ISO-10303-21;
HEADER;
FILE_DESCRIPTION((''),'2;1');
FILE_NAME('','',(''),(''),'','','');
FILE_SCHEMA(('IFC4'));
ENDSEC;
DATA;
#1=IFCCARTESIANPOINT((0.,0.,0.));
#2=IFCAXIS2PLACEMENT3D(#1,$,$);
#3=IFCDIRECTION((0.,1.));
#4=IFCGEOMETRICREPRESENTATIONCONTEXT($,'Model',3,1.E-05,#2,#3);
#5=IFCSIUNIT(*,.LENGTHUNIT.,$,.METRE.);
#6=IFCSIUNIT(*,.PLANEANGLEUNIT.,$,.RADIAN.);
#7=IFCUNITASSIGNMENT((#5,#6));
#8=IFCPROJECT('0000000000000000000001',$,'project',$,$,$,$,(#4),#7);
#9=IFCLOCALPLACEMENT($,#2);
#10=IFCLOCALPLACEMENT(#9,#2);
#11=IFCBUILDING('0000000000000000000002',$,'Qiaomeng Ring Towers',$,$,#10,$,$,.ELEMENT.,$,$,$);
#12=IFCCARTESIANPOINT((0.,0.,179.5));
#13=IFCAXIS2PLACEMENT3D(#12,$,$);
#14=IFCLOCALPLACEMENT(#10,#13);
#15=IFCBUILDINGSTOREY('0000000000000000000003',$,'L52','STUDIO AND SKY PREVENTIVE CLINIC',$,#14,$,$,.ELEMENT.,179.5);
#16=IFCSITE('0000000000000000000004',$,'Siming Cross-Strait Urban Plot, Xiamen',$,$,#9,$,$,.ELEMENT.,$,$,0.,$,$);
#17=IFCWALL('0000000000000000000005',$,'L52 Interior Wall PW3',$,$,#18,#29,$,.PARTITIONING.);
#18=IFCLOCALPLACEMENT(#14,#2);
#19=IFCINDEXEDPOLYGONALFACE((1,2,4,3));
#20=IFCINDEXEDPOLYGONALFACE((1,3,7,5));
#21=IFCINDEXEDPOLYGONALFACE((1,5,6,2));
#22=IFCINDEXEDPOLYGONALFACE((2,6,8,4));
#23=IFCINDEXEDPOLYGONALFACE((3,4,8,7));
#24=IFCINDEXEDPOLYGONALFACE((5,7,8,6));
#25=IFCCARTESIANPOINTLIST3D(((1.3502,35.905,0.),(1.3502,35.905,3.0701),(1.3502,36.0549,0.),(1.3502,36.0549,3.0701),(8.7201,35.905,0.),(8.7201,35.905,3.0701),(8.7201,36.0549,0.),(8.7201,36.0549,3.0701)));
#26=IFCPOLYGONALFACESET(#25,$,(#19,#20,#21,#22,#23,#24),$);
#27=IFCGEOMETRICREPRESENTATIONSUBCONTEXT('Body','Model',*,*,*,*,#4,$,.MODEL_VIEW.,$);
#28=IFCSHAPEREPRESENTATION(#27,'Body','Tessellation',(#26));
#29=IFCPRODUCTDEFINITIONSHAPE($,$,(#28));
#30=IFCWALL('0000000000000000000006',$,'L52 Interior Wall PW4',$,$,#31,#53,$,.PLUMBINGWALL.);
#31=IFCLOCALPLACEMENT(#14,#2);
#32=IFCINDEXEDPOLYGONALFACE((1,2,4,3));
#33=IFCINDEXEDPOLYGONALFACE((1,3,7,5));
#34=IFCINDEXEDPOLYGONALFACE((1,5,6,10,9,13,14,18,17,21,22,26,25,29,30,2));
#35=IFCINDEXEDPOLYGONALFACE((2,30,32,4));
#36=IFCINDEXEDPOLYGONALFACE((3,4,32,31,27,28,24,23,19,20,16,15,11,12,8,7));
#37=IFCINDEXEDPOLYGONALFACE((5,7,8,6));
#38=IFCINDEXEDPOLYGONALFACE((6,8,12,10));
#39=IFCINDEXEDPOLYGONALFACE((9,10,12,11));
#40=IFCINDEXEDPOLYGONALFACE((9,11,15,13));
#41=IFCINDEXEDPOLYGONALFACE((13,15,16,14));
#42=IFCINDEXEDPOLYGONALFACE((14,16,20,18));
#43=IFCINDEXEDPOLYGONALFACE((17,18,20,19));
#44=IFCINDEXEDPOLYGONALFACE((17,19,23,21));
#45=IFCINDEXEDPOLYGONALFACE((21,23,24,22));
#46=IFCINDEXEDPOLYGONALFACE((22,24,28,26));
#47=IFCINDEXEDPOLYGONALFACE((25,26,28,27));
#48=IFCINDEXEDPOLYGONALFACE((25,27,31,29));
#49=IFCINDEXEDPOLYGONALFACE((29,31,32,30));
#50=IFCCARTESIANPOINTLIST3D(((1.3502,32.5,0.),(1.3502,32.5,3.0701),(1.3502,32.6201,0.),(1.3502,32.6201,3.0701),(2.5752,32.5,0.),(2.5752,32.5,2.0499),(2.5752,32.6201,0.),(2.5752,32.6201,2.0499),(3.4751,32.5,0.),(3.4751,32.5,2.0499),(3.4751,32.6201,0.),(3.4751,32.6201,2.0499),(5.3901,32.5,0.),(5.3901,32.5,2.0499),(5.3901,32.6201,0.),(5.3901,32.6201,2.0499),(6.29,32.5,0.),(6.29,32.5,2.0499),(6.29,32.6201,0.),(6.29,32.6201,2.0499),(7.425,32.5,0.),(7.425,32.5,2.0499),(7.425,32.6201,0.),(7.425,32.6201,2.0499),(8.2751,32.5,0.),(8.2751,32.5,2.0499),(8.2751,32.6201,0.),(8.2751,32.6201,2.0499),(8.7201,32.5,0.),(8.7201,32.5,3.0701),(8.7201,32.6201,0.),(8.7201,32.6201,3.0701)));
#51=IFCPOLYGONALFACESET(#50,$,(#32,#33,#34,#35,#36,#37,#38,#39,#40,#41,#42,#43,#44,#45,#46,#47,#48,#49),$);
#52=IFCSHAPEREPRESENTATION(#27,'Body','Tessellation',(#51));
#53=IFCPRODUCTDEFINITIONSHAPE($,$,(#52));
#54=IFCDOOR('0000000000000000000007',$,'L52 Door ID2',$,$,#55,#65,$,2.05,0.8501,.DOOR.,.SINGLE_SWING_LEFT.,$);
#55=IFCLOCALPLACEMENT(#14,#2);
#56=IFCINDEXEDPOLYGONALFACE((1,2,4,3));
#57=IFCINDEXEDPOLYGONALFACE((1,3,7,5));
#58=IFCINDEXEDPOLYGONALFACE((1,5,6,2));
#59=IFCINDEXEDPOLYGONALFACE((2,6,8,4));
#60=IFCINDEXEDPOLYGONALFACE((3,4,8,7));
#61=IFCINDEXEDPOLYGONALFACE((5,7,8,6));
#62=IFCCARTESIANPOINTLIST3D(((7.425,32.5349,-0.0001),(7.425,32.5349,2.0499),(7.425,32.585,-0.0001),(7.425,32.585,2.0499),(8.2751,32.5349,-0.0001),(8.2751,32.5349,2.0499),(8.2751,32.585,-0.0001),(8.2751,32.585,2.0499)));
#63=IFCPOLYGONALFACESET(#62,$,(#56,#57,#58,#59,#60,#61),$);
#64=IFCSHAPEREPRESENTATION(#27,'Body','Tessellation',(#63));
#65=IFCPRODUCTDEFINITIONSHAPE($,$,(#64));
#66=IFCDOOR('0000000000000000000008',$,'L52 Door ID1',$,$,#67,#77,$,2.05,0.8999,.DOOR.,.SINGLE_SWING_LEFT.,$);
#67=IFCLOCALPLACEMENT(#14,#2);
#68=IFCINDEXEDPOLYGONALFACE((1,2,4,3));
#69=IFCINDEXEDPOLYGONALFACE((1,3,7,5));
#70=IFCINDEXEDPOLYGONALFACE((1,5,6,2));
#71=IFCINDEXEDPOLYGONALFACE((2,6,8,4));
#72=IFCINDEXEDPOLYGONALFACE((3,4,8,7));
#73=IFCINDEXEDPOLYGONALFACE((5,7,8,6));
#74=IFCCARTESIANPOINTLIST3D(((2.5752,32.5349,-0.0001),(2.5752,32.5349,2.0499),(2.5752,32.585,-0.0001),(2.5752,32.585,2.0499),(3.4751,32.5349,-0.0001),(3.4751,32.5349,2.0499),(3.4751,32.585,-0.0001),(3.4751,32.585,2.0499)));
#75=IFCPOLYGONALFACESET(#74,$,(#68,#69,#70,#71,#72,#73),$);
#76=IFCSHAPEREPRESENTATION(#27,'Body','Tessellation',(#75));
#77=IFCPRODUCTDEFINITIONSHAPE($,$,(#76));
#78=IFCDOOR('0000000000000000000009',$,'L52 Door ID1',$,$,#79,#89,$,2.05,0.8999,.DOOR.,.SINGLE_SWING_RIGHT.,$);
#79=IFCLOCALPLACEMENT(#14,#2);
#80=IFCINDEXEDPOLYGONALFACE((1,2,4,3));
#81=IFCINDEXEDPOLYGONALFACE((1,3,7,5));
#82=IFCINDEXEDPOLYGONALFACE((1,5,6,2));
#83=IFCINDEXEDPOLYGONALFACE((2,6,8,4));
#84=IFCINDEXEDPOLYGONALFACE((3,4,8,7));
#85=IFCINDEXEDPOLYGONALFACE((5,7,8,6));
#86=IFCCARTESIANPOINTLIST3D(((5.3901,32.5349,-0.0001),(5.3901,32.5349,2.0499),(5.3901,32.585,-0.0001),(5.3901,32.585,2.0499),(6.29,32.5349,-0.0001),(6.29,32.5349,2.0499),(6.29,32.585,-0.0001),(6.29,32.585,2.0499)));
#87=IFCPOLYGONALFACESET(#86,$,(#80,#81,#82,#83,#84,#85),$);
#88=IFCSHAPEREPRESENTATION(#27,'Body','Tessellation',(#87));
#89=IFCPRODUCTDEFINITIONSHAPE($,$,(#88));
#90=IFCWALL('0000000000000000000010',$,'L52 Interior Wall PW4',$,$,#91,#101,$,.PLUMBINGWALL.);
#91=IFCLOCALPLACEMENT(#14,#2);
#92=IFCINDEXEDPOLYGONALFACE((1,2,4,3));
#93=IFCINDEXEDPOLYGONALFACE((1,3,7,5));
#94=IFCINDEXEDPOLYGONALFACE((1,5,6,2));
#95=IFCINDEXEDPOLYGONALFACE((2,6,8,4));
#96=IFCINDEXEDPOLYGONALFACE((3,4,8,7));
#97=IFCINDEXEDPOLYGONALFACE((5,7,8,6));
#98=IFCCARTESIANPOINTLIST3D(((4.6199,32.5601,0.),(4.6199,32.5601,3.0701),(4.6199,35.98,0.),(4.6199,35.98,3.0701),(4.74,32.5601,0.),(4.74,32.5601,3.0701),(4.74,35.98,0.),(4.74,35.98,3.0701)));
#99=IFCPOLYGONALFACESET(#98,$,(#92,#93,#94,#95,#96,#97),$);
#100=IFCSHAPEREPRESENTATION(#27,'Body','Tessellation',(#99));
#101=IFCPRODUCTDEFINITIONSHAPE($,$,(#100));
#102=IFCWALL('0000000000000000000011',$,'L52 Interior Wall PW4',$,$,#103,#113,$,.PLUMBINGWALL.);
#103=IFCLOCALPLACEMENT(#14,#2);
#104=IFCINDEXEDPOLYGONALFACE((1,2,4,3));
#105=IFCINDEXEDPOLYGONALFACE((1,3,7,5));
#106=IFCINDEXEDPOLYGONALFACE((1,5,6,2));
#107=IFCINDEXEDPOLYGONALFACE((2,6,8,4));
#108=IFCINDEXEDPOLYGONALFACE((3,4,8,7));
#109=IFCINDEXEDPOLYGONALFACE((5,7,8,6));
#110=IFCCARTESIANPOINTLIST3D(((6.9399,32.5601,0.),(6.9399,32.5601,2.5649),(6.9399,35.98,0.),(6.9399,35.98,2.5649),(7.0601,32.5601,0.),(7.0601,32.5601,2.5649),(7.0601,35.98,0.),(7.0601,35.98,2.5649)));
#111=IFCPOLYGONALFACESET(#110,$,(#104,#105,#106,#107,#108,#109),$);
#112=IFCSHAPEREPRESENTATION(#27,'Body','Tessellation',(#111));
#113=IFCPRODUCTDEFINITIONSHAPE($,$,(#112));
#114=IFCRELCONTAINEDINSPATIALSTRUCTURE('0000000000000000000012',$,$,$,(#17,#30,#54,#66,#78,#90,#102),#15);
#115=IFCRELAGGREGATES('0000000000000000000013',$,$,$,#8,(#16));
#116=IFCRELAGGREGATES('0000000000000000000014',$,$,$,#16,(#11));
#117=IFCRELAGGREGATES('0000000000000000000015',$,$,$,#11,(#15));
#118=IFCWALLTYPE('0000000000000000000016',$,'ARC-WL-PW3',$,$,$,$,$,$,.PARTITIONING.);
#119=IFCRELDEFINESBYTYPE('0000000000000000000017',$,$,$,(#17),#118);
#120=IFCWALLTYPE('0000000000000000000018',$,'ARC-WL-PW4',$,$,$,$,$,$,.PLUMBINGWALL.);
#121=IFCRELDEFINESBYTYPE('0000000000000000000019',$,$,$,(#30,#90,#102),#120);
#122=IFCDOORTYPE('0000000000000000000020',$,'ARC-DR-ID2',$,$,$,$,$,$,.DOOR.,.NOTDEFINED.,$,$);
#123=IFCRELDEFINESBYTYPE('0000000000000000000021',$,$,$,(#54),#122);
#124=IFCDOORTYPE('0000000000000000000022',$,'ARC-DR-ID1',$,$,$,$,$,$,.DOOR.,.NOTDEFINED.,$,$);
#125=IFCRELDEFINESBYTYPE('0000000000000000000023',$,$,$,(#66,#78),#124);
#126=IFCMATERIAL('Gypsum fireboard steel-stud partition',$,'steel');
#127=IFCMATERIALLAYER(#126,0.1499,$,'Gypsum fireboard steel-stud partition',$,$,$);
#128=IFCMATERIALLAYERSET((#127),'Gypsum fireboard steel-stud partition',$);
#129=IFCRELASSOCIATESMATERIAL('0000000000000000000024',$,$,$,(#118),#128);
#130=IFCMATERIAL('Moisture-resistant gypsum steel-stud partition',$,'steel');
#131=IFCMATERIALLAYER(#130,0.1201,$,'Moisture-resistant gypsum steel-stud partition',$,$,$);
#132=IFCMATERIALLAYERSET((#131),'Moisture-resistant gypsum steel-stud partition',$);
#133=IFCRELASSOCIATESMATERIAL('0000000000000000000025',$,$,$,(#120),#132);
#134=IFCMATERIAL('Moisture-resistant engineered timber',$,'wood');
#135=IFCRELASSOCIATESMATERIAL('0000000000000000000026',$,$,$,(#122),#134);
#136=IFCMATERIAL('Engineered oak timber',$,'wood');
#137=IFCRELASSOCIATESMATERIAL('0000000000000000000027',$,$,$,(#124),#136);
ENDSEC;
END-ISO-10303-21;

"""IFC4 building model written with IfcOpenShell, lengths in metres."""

from ifc_helpers import new_model, si_unit, direction, frame, frame_2d, origin, place, context, subcontext, project, spatial, rectangle, extrude, source, transform, mapped, material, layer, layer_set, type_object, element, fill, save


model = new_model("IFC4")

# Units and contexts
model_context = context("Model", 3, precision=1e-05, world=origin(), true_north=direction((0.0, 1.0)))
body_context = subcontext(model_context, "Body", "Model", "MODEL_VIEW")
ifc_project = project(units=[si_unit("LENGTHUNIT", "METRE"), si_unit("PLANEANGLEUNIT", "RADIAN")], contexts=[model_context])

# Site, building, storey
site_placement = place(None, origin())
site = spatial("IfcSite", under=ifc_project, at=site_placement, Name="Siming Cross-Strait Urban Plot, Xiamen", CompositionType="ELEMENT", RefElevation=0.0)
building_placement = place(site_placement, origin())
building = spatial("IfcBuilding", under=site, at=building_placement, Name="Qiaomeng Ring Towers", CompositionType="ELEMENT")
storey_placement = place(building_placement, frame((0.0, 0.0, 179.5)))
storey = spatial("IfcBuildingStorey", under=building, at=storey_placement, Name="L52", Description="STUDIO AND SKY PREVENTIVE CLINIC", CompositionType="ELEMENT", Elevation=179.5)

# Wall
ifc_material_1 = material(Name="Gypsum fireboard steel-stud partition", Category="steel")
ifc_layer_1 = layer(ifc_material_1, 0.1499, Name="Gypsum fireboard steel-stud partition")
ifc_layer_set_1 = layer_set([ifc_layer_1], Name="Gypsum fireboard steel-stud partition")
wall_type_1 = type_object("IfcWallType", Name="ARC-WL-PW3", PredefinedType="PARTITIONING", material=ifc_layer_set_1)
wall_1_placement = place(storey_placement, frame((1.3501, 35.98, 0.0), z_axis=(0.0, 0.0, 1.0), x_axis=(1.0, 0.0, 0.0)))
element("IfcWall", 1, at=wall_1_placement, inside=storey, type_object=wall_type_1, Name="L52 Interior Wall PW3", PredefinedType="PARTITIONING", context=body_context, shape_type="SweptSolid", body=[
    extrude(rectangle(XDim=7.3699, YDim=0.1499, at=frame_2d((3.6851, 0.0))), origin(), (0.0, 0.0, 1.0), 3.0701),
])

# Wall, openings, doors
ifc_material_2 = material(Name="Moisture-resistant gypsum steel-stud partition", Category="steel")
ifc_layer_2 = layer(ifc_material_2, 0.1201, Name="Moisture-resistant gypsum steel-stud partition")
ifc_layer_set_2 = layer_set([ifc_layer_2], Name="Moisture-resistant gypsum steel-stud partition")
wall_type_2 = type_object("IfcWallType", Name="ARC-WL-PW4", PredefinedType="PLUMBINGWALL", material=ifc_layer_set_2)
wall_2_placement = place(storey_placement, frame((1.3501, 32.5601, 0.0), z_axis=(0.0, 0.0, 1.0), x_axis=(1.0, 0.0, 0.0)))
wall_2 = element("IfcWall", 2, at=wall_2_placement, inside=storey, type_object=wall_type_2, Name="L52 Interior Wall PW4", PredefinedType="PLUMBINGWALL", context=body_context, shape_type="SweptSolid", body=[
    extrude(rectangle(XDim=7.3699, YDim=0.1201, at=frame_2d((3.6851, 0.0))), origin(), (0.0, 0.0, 1.0), 3.0701),
])
opening_1_placement = place(wall_2_placement, frame((1.2251, 0.0, 0.0)))
opening_1 = element("IfcOpeningElement", 3, at=opening_1_placement, cuts=wall_2, PredefinedType="OPENING", context=body_context, shape_type="SweptSolid", body=[
    extrude(rectangle(XDim=0.8999, YDim=2.05, at=frame_2d((0.45, 1.0249))), frame((0.0, 0.0701, 0.0), z_axis=(0.0, -1.0, 0.0), x_axis=(1.0, 0.0, 0.0)), (0.0, 0.0, 1.0), 0.1401),
])
opening_2_placement = place(wall_2_placement, frame((4.04, 0.0, 0.0)))
opening_2 = element("IfcOpeningElement", 4, at=opening_2_placement, cuts=wall_2, PredefinedType="OPENING", context=body_context, shape_type="SweptSolid", body=[
    extrude(rectangle(XDim=0.8999, YDim=2.05, at=frame_2d((0.45, 1.0249))), frame((0.0, 0.0701, 0.0), z_axis=(0.0, -1.0, 0.0), x_axis=(1.0, 0.0, 0.0)), (0.0, 0.0, 1.0), 0.1401),
])
opening_3_placement = place(wall_2_placement, frame((6.075, 0.0, 0.0)))
opening_3 = element("IfcOpeningElement", 5, at=opening_3_placement, cuts=wall_2, PredefinedType="OPENING", context=body_context, shape_type="SweptSolid", body=[
    extrude(rectangle(XDim=0.8501, YDim=2.05, at=frame_2d((0.425, 1.0249))), frame((0.0, 0.0701, 0.0), z_axis=(0.0, -1.0, 0.0), x_axis=(1.0, 0.0, 0.0)), (0.0, 0.0, 1.0), 0.1401),
])
ifc_material_3 = material(Name="Moisture-resistant engineered timber", Category="wood")
door_type_1 = type_object("IfcDoorType", Name="ARC-DR-ID2", OperationType="NOTDEFINED", PredefinedType="DOOR", material=ifc_material_3)
shared_shape_1 = source(origin(), body_context, "Body", "SweptSolid", [
    extrude(rectangle(XDim=0.8501, YDim=2.05, at=frame_2d((0.425, 1.0249))), frame((0.0, 0.0249, 0.0), z_axis=(0.0, -1.0, 0.0), x_axis=(1.0, 0.0, 0.0)), (0.0, 0.0, 1.0), 0.05),
])
door_1_placement = place(opening_3_placement, origin())
door_1 = element("IfcDoor", 6, at=door_1_placement, inside=storey, type_object=door_type_1, Name="L52 Door ID2", OperationType="SINGLE_SWING_LEFT", OverallHeight=2.05, OverallWidth=0.8501, PredefinedType="DOOR", context=body_context, shape_type="MappedRepresentation", body=[
    mapped(shared_shape_1, transform((0.0, 0.0, 0.0), x_axis=(1.0, 0.0, 0.0), y_axis=(0.0, 1.0, 0.0), z_axis=(0.0, 0.0, 1.0), scale=1.0)),
])
fill(opening_3, door_1)
ifc_material_4 = material(Name="Engineered oak timber", Category="wood")
door_type_2 = type_object("IfcDoorType", Name="ARC-DR-ID1", OperationType="NOTDEFINED", PredefinedType="DOOR", material=ifc_material_4)
shared_shape_2 = source(origin(), body_context, "Body", "SweptSolid", [
    extrude(rectangle(XDim=0.8999, YDim=2.05, at=frame_2d((0.45, 1.0249))), frame((0.0, 0.0249, 0.0), z_axis=(0.0, -1.0, 0.0), x_axis=(1.0, 0.0, 0.0)), (0.0, 0.0, 1.0), 0.05),
])
door_2_placement = place(opening_1_placement, origin())
door_2 = element("IfcDoor", 7, at=door_2_placement, inside=storey, type_object=door_type_2, Name="L52 Door ID1", OperationType="SINGLE_SWING_LEFT", OverallHeight=2.05, OverallWidth=0.8999, PredefinedType="DOOR", context=body_context, shape_type="MappedRepresentation", body=[
    mapped(shared_shape_2, transform((0.0, 0.0, 0.0), x_axis=(1.0, 0.0, 0.0), y_axis=(0.0, 1.0, 0.0), z_axis=(0.0, 0.0, 1.0), scale=1.0)),
])
fill(opening_1, door_2)
door_3_placement = place(opening_2_placement, origin())
door_3 = element("IfcDoor", 8, at=door_3_placement, inside=storey, type_object=door_type_2, Name="L52 Door ID1", OperationType="SINGLE_SWING_RIGHT", OverallHeight=2.05, OverallWidth=0.8999, PredefinedType="DOOR", context=body_context, shape_type="MappedRepresentation", body=[
    mapped(shared_shape_2, transform((0.0, 0.0, 0.0), x_axis=(1.0, 0.0, 0.0), y_axis=(0.0, 1.0, 0.0), z_axis=(0.0, 0.0, 1.0), scale=1.0)),
])
fill(opening_2, door_3)

# Walls
wall_3_placement = place(storey_placement, frame((4.6799, 32.5601, 0.0), z_axis=(0.0, 0.0, 1.0), x_axis=(0.0, 1.0, 0.0)))
element("IfcWall", 9, at=wall_3_placement, inside=storey, type_object=wall_type_2, Name="L52 Interior Wall PW4", PredefinedType="PLUMBINGWALL", context=body_context, shape_type="SweptSolid", body=[
    extrude(rectangle(XDim=3.4199, YDim=0.1201, at=frame_2d((1.71, 0.0))), origin(), (0.0, 0.0, 1.0), 3.0701),
])
wall_4_placement = place(storey_placement, frame((7.0, 32.5601, 0.0), z_axis=(0.0, 0.0, 1.0), x_axis=(0.0, 1.0, 0.0)))
element("IfcWall", 10, at=wall_4_placement, inside=storey, type_object=wall_type_2, Name="L52 Interior Wall PW4", PredefinedType="PLUMBINGWALL", context=body_context, shape_type="SweptSolid", body=[
    extrude(rectangle(XDim=3.4199, YDim=0.1201, at=frame_2d((1.71, 0.0))), origin(), (0.0, 0.0, 1.0), 2.5649),
])

save(model, "model.ifc")
